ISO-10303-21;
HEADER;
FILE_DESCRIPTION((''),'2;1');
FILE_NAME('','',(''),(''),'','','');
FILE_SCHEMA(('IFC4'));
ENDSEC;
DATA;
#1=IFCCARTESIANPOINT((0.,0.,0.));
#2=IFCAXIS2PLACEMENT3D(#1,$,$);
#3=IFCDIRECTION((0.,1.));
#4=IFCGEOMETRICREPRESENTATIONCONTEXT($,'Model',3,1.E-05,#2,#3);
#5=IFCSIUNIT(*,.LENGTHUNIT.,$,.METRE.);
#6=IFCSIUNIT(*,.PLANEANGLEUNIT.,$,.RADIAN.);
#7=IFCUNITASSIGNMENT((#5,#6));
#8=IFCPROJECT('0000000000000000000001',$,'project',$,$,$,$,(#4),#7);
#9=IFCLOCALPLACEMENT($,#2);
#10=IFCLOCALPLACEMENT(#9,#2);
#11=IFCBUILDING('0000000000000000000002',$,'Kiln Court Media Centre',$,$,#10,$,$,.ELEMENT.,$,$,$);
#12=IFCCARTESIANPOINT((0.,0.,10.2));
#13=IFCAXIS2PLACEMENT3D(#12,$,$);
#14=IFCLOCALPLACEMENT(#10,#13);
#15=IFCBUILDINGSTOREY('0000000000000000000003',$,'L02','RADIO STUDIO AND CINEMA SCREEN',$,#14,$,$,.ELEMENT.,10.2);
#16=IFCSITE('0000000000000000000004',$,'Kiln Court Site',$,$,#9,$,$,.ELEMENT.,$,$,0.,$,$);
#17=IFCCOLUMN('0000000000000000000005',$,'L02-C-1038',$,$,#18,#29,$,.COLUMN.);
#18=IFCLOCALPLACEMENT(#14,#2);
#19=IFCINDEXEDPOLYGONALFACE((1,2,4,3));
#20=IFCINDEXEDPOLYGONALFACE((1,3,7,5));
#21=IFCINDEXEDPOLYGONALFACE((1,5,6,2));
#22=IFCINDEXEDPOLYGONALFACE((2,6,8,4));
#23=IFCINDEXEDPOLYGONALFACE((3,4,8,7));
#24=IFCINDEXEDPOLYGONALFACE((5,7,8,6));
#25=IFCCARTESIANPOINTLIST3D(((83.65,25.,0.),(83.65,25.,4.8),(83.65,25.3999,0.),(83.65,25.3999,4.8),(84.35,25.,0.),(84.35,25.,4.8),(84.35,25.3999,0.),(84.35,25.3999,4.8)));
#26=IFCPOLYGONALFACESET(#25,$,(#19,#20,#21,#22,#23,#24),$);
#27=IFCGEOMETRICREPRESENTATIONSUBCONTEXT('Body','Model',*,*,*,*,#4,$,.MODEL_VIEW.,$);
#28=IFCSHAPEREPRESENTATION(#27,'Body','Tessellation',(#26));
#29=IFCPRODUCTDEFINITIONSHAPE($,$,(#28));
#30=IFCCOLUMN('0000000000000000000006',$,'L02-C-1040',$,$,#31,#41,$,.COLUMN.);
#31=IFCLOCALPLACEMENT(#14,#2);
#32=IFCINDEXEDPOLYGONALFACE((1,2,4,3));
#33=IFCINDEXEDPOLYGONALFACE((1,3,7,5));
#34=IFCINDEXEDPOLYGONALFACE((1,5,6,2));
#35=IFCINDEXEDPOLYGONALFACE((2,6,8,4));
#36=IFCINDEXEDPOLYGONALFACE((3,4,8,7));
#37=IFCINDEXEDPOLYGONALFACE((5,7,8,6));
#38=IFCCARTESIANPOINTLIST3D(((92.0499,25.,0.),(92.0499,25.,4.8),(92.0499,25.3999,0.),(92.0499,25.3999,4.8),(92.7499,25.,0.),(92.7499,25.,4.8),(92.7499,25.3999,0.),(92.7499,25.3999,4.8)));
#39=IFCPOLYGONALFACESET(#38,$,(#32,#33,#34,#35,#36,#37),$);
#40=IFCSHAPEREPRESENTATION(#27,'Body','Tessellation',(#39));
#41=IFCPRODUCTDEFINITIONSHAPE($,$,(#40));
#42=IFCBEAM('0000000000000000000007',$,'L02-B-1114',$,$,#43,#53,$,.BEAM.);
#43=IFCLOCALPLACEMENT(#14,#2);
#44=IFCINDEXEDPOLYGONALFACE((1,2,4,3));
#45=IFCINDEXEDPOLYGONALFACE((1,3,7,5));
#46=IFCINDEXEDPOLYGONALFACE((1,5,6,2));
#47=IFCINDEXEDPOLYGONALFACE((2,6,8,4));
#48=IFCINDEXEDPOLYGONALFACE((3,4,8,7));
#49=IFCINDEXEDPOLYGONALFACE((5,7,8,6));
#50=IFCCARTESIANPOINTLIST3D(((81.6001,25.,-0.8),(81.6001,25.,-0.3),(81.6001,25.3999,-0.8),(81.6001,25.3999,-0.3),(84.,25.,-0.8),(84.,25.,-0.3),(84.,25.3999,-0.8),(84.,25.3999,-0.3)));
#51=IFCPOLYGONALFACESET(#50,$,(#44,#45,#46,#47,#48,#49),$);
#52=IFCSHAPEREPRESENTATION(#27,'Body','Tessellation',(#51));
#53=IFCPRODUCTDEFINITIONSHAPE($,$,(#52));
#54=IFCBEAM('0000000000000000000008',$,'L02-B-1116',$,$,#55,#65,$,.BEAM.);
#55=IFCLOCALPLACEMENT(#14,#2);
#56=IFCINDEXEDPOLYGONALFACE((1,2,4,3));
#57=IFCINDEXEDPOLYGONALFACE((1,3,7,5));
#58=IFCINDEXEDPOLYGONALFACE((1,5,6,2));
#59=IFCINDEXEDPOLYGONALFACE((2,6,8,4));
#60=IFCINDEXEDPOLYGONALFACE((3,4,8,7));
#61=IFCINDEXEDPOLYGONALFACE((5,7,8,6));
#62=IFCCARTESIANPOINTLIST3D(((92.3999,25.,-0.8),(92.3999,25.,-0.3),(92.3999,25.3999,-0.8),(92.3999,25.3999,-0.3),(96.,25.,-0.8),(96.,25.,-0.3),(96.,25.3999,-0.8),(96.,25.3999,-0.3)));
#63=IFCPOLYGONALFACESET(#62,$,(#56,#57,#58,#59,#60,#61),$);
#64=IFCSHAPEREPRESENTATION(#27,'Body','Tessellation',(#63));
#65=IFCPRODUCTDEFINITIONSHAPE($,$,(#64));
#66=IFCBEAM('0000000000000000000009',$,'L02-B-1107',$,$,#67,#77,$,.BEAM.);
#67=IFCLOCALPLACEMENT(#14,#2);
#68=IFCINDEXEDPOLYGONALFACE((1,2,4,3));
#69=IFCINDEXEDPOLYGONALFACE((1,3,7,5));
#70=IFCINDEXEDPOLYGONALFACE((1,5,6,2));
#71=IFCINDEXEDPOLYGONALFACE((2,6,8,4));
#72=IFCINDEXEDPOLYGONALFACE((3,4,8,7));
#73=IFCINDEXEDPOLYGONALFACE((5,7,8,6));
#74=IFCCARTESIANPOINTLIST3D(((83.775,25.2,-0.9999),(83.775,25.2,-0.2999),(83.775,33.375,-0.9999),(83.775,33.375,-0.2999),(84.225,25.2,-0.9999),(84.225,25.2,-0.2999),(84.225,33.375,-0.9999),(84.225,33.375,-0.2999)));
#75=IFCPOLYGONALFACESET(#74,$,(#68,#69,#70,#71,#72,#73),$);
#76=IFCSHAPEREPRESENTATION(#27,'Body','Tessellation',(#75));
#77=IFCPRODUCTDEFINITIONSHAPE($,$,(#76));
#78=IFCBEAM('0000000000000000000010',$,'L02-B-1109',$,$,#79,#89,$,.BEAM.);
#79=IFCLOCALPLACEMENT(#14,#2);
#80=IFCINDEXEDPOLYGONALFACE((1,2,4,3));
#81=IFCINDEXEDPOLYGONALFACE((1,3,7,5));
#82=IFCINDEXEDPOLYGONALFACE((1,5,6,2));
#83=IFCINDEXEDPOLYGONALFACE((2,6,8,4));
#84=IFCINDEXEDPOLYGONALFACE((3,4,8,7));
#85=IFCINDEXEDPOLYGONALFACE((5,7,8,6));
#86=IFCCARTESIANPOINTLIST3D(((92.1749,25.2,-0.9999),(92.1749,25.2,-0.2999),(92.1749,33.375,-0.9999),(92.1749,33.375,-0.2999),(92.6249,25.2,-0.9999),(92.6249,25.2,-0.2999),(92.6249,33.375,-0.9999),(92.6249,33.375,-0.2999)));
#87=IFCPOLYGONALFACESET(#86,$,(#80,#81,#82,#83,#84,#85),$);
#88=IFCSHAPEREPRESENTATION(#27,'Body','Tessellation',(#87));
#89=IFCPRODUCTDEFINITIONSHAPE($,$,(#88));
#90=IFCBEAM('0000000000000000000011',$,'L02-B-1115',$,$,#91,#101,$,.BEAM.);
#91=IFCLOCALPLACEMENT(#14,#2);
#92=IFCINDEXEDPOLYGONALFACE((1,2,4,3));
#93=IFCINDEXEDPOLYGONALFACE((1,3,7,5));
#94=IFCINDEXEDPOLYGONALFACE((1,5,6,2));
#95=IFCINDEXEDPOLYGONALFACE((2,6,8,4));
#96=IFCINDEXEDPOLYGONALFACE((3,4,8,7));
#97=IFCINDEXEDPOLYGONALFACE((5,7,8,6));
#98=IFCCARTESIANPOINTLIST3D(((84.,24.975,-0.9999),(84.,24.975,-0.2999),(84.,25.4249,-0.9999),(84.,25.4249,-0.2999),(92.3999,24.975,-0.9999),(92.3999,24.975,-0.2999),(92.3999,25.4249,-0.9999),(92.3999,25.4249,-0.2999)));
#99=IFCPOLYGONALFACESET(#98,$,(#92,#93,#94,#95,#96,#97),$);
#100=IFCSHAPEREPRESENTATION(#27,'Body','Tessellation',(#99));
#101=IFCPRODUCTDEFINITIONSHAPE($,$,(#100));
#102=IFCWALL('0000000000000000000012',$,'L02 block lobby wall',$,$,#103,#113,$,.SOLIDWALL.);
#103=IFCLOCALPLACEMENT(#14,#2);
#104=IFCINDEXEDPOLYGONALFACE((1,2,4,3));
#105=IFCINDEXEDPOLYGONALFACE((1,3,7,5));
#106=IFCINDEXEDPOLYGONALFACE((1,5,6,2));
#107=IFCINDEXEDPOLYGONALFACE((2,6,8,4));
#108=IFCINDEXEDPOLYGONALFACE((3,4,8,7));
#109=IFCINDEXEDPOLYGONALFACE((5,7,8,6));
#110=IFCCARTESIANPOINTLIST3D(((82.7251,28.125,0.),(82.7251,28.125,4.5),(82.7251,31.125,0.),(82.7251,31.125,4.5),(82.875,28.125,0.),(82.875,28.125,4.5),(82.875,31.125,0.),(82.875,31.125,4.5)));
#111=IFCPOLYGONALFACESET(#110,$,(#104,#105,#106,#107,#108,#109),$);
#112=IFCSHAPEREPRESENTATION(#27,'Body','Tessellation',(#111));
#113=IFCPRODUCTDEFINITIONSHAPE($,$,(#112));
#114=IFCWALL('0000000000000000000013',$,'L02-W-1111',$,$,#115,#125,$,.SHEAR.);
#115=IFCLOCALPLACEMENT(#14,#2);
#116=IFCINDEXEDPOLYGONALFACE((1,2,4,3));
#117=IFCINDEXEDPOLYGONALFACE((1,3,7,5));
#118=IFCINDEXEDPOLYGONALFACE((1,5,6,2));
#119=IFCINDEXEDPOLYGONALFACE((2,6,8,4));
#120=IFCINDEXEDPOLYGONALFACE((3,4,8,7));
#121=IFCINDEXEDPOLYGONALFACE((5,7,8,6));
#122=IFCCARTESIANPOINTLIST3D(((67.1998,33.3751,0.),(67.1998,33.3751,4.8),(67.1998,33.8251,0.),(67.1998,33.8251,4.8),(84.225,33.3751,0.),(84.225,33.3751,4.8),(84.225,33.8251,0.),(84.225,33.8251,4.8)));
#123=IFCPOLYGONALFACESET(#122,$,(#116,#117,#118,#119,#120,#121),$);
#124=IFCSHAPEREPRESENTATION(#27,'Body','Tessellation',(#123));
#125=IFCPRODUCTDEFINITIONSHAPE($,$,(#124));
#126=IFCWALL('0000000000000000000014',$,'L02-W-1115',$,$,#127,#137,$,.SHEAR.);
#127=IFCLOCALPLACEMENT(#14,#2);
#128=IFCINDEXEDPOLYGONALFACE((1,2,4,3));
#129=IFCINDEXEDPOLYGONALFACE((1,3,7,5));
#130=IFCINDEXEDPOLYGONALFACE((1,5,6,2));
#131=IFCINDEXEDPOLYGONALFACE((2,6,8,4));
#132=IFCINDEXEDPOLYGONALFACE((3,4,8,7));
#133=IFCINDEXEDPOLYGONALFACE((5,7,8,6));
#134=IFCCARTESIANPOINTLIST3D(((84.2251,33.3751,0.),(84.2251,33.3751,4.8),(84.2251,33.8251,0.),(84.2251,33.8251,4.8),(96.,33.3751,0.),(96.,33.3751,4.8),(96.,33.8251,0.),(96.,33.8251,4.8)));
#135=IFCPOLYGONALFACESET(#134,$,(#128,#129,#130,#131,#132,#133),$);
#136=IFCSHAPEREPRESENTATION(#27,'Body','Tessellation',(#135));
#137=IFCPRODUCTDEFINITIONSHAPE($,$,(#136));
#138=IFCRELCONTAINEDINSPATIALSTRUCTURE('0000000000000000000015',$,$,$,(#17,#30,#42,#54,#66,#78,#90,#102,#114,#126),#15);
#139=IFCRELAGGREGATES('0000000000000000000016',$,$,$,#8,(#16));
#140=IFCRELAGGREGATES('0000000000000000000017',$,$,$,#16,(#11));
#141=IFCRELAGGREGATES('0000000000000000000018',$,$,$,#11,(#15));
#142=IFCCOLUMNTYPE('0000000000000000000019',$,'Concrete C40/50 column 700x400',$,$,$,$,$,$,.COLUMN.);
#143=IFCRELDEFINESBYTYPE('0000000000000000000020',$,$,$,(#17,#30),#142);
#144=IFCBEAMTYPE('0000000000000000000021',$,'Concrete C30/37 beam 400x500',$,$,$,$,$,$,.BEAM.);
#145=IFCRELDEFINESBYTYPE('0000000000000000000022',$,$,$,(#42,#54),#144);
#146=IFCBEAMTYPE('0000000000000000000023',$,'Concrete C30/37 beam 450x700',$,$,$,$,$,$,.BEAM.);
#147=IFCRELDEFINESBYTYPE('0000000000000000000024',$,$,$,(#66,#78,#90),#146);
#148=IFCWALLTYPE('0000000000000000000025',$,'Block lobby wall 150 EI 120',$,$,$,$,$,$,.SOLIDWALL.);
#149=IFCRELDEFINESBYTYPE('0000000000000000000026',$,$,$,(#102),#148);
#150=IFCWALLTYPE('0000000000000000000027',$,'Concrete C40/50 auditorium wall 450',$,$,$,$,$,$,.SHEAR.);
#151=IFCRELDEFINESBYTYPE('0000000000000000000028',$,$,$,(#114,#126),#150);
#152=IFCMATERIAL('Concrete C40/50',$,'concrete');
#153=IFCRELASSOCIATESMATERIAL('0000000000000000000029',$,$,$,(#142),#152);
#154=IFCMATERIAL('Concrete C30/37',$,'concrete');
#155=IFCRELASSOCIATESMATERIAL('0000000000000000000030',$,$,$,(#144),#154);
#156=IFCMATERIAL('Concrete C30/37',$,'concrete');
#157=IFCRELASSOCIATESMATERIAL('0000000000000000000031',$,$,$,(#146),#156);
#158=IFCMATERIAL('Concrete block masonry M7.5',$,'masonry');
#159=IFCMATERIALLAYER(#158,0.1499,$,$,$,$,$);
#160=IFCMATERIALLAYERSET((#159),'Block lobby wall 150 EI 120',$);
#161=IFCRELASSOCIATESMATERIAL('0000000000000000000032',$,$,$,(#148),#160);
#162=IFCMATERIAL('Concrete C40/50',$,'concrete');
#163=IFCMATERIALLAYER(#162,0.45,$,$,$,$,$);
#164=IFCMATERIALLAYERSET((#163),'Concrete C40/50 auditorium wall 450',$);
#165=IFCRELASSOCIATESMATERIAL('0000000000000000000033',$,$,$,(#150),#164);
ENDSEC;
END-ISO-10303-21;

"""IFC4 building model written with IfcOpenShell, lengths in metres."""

from ifc_helpers import new_model, si_unit, direction, frame, frame_2d, origin, origin_2d, place, context, subcontext, project, spatial, rectangle, extrude, material, layer, layer_set, material_profile, profile_set, type_object, element, save


model = new_model("IFC4")

# Units and contexts
model_context = context("Model", 3, precision=1e-05, world=origin(), true_north=direction((0.0, 1.0)))
body_context = subcontext(model_context, "Body", "Model", "MODEL_VIEW")
ifc_project = project(units=[si_unit("LENGTHUNIT", "METRE"), si_unit("PLANEANGLEUNIT", "RADIAN")], contexts=[model_context])

# Site, building, storey
site_placement = place(None, origin())
site = spatial("IfcSite", under=ifc_project, at=site_placement, Name="Kiln Court Site", CompositionType="ELEMENT", RefElevation=0.0)
building_placement = place(site_placement, origin())
building = spatial("IfcBuilding", under=site, at=building_placement, Name="Kiln Court Media Centre", CompositionType="ELEMENT")
storey_placement = place(building_placement, frame((0.0, 0.0, 10.2)))
storey = spatial("IfcBuildingStorey", under=building, at=storey_placement, Name="L02", Description="RADIO STUDIO AND CINEMA SCREEN", CompositionType="ELEMENT", Elevation=10.2)

# Columns
ifc_material_1 = material(Name="Concrete C40/50", Category="concrete")
ifc_material_profile_1 = material_profile(ifc_material_1, rectangle(XDim=0.7, YDim=0.3999, at=origin_2d()), Name="RC 700x400")
ifc_profile_set_1 = profile_set([ifc_material_profile_1], Name="Concrete C40/50")
column_type = type_object("IfcColumnType", Name="Concrete C40/50 column 700x400", PredefinedType="COLUMN", material=ifc_profile_set_1)
for number, where, z_axis, x_axis, name in (
    (1, (84.0, 25.2, 0.0), (0.0, 0.0, 1.0), (1.0, 0.0, 0.0), "L02-C-1038"),
    (2, (92.3999, 25.2, 0.0), (0.0, 0.0, 1.0), (1.0, 0.0, 0.0), "L02-C-1040"),
):
    element("IfcColumn", number, at=place(storey_placement, frame(where, z_axis=z_axis, x_axis=x_axis)), inside=storey, type_object=column_type, Name=name, PredefinedType="COLUMN", context=body_context, shape_type="SweptSolid", body=[
        extrude(rectangle(XDim=0.7, YDim=0.3999, at=origin_2d()), origin(), (0.0, 0.0, 1.0), 4.8),
    ])

# Beams
ifc_material_2 = material(Name="Concrete C30/37", Category="concrete")
ifc_material_profile_2 = material_profile(ifc_material_2, rectangle(XDim=0.3999, YDim=0.5, at=origin_2d()), Name="RC 400x500")
ifc_profile_set_2 = profile_set([ifc_material_profile_2], Name="Concrete C30/37")
beam_type_1 = type_object("IfcBeamType", Name="Concrete C30/37 beam 400x500", PredefinedType="BEAM", material=ifc_profile_set_2)
beam_1_placement = place(storey_placement, frame((81.6001, 25.2, -0.55), z_axis=(1.0, 0.0, 0.0), x_axis=(0.0, 1.0, 0.0)))
element("IfcBeam", 3, at=beam_1_placement, inside=storey, type_object=beam_type_1, Name="L02-B-1114", PredefinedType="BEAM", context=body_context, shape_type="SweptSolid", body=[
    extrude(rectangle(XDim=0.3999, YDim=0.5, at=origin_2d()), origin(), (0.0, 0.0, 1.0), 2.3999),
])
beam_2_placement = place(storey_placement, frame((92.3999, 25.2, -0.55), z_axis=(1.0, 0.0, 0.0), x_axis=(0.0, 1.0, 0.0)))
element("IfcBeam", 4, at=beam_2_placement, inside=storey, type_object=beam_type_1, Name="L02-B-1116", PredefinedType="BEAM", context=body_context, shape_type="SweptSolid", body=[
    extrude(rectangle(XDim=0.3999, YDim=0.5, at=origin_2d()), origin(), (0.0, 0.0, 1.0), 3.6001),
])
ifc_material_3 = material(Name="Concrete C30/37", Category="concrete")
ifc_material_profile_3 = material_profile(ifc_material_3, rectangle(XDim=0.45, YDim=0.7, at=origin_2d()), Name="RC 450x700")
ifc_profile_set_3 = profile_set([ifc_material_profile_3], Name="Concrete C30/37")
beam_type_2 = type_object("IfcBeamType", Name="Concrete C30/37 beam 450x700", PredefinedType="BEAM", material=ifc_profile_set_3)
for number, where, z_axis, x_axis, name in (
    (5, (84.0, 25.2, -0.6499), (0.0, 1.0, 0.0), (-1.0, 0.0, 0.0), "L02-B-1107"),
    (6, (92.3999, 25.2, -0.6499), (0.0, 1.0, 0.0), (-1.0, 0.0, 0.0), "L02-B-1109"),
):
    element("IfcBeam", number, at=place(storey_placement, frame(where, z_axis=z_axis, x_axis=x_axis)), inside=storey, type_object=beam_type_2, Name=name, PredefinedType="BEAM", context=body_context, shape_type="SweptSolid", body=[
        extrude(rectangle(XDim=0.45, YDim=0.7, at=origin_2d()), origin(), (0.0, 0.0, 1.0), 8.175),
    ])
beam_3_placement = place(storey_placement, frame((84.0, 25.2, -0.6499), z_axis=(1.0, 0.0, 0.0), x_axis=(0.0, 1.0, 0.0)))
element("IfcBeam", 7, at=beam_3_placement, inside=storey, type_object=beam_type_2, Name="L02-B-1115", PredefinedType="BEAM", context=body_context, shape_type="SweptSolid", body=[
    extrude(rectangle(XDim=0.45, YDim=0.7, at=origin_2d()), origin(), (0.0, 0.0, 1.0), 8.3999),
])

# Walls
ifc_material_4 = material(Name="Concrete block masonry M7.5", Category="masonry")
ifc_layer_1 = layer(ifc_material_4, 0.1499)
ifc_layer_set_1 = layer_set([ifc_layer_1], Name="Block lobby wall 150 EI 120")
wall_type_1 = type_object("IfcWallType", Name="Block lobby wall 150 EI 120", PredefinedType="SOLIDWALL", material=ifc_layer_set_1)
wall_1_placement = place(storey_placement, frame((82.8, 28.125, 0.0), z_axis=(0.0, 0.0, 1.0), x_axis=(0.0, 1.0, 0.0)))
element("IfcWall", 8, at=wall_1_placement, inside=storey, type_object=wall_type_1, Name="L02 block lobby wall", PredefinedType="SOLIDWALL", context=body_context, shape_type="SweptSolid", body=[
    extrude(rectangle(XDim=3.0, YDim=0.1499, at=frame_2d((1.5, 0.0))), origin(), (0.0, 0.0, 1.0), 4.5),
])
ifc_material_5 = material(Name="Concrete C40/50", Category="concrete")
ifc_layer_2 = layer(ifc_material_5, 0.45)
ifc_layer_set_2 = layer_set([ifc_layer_2], Name="Concrete C40/50 auditorium wall 450")
wall_type_2 = type_object("IfcWallType", Name="Concrete C40/50 auditorium wall 450", PredefinedType="SHEAR", material=ifc_layer_set_2)
wall_2_placement = place(storey_placement, frame((84.2251, 33.6001, 0.0), z_axis=(0.0, 0.0, 1.0), x_axis=(-1.0, 0.0, 0.0)))
element("IfcWall", 9, at=wall_2_placement, inside=storey, type_object=wall_type_2, Name="L02-W-1111", PredefinedType="SHEAR", context=body_context, shape_type="SweptSolid", body=[
    extrude(rectangle(XDim=17.0251, YDim=0.45, at=frame_2d((8.5127, 0.0))), origin(), (0.0, 0.0, 1.0), 4.8),
])
wall_3_placement = place(storey_placement, frame((96.0, 33.6001, 0.0), z_axis=(0.0, 0.0, 1.0), x_axis=(-1.0, 0.0, 0.0)))
element("IfcWall", 10, at=wall_3_placement, inside=storey, type_object=wall_type_2, Name="L02-W-1115", PredefinedType="SHEAR", context=body_context, shape_type="SweptSolid", body=[
    extrude(rectangle(XDim=11.7749, YDim=0.45, at=frame_2d((5.8875, 0.0))), origin(), (0.0, 0.0, 1.0), 4.8),
])

save(model, "model.ifc")
